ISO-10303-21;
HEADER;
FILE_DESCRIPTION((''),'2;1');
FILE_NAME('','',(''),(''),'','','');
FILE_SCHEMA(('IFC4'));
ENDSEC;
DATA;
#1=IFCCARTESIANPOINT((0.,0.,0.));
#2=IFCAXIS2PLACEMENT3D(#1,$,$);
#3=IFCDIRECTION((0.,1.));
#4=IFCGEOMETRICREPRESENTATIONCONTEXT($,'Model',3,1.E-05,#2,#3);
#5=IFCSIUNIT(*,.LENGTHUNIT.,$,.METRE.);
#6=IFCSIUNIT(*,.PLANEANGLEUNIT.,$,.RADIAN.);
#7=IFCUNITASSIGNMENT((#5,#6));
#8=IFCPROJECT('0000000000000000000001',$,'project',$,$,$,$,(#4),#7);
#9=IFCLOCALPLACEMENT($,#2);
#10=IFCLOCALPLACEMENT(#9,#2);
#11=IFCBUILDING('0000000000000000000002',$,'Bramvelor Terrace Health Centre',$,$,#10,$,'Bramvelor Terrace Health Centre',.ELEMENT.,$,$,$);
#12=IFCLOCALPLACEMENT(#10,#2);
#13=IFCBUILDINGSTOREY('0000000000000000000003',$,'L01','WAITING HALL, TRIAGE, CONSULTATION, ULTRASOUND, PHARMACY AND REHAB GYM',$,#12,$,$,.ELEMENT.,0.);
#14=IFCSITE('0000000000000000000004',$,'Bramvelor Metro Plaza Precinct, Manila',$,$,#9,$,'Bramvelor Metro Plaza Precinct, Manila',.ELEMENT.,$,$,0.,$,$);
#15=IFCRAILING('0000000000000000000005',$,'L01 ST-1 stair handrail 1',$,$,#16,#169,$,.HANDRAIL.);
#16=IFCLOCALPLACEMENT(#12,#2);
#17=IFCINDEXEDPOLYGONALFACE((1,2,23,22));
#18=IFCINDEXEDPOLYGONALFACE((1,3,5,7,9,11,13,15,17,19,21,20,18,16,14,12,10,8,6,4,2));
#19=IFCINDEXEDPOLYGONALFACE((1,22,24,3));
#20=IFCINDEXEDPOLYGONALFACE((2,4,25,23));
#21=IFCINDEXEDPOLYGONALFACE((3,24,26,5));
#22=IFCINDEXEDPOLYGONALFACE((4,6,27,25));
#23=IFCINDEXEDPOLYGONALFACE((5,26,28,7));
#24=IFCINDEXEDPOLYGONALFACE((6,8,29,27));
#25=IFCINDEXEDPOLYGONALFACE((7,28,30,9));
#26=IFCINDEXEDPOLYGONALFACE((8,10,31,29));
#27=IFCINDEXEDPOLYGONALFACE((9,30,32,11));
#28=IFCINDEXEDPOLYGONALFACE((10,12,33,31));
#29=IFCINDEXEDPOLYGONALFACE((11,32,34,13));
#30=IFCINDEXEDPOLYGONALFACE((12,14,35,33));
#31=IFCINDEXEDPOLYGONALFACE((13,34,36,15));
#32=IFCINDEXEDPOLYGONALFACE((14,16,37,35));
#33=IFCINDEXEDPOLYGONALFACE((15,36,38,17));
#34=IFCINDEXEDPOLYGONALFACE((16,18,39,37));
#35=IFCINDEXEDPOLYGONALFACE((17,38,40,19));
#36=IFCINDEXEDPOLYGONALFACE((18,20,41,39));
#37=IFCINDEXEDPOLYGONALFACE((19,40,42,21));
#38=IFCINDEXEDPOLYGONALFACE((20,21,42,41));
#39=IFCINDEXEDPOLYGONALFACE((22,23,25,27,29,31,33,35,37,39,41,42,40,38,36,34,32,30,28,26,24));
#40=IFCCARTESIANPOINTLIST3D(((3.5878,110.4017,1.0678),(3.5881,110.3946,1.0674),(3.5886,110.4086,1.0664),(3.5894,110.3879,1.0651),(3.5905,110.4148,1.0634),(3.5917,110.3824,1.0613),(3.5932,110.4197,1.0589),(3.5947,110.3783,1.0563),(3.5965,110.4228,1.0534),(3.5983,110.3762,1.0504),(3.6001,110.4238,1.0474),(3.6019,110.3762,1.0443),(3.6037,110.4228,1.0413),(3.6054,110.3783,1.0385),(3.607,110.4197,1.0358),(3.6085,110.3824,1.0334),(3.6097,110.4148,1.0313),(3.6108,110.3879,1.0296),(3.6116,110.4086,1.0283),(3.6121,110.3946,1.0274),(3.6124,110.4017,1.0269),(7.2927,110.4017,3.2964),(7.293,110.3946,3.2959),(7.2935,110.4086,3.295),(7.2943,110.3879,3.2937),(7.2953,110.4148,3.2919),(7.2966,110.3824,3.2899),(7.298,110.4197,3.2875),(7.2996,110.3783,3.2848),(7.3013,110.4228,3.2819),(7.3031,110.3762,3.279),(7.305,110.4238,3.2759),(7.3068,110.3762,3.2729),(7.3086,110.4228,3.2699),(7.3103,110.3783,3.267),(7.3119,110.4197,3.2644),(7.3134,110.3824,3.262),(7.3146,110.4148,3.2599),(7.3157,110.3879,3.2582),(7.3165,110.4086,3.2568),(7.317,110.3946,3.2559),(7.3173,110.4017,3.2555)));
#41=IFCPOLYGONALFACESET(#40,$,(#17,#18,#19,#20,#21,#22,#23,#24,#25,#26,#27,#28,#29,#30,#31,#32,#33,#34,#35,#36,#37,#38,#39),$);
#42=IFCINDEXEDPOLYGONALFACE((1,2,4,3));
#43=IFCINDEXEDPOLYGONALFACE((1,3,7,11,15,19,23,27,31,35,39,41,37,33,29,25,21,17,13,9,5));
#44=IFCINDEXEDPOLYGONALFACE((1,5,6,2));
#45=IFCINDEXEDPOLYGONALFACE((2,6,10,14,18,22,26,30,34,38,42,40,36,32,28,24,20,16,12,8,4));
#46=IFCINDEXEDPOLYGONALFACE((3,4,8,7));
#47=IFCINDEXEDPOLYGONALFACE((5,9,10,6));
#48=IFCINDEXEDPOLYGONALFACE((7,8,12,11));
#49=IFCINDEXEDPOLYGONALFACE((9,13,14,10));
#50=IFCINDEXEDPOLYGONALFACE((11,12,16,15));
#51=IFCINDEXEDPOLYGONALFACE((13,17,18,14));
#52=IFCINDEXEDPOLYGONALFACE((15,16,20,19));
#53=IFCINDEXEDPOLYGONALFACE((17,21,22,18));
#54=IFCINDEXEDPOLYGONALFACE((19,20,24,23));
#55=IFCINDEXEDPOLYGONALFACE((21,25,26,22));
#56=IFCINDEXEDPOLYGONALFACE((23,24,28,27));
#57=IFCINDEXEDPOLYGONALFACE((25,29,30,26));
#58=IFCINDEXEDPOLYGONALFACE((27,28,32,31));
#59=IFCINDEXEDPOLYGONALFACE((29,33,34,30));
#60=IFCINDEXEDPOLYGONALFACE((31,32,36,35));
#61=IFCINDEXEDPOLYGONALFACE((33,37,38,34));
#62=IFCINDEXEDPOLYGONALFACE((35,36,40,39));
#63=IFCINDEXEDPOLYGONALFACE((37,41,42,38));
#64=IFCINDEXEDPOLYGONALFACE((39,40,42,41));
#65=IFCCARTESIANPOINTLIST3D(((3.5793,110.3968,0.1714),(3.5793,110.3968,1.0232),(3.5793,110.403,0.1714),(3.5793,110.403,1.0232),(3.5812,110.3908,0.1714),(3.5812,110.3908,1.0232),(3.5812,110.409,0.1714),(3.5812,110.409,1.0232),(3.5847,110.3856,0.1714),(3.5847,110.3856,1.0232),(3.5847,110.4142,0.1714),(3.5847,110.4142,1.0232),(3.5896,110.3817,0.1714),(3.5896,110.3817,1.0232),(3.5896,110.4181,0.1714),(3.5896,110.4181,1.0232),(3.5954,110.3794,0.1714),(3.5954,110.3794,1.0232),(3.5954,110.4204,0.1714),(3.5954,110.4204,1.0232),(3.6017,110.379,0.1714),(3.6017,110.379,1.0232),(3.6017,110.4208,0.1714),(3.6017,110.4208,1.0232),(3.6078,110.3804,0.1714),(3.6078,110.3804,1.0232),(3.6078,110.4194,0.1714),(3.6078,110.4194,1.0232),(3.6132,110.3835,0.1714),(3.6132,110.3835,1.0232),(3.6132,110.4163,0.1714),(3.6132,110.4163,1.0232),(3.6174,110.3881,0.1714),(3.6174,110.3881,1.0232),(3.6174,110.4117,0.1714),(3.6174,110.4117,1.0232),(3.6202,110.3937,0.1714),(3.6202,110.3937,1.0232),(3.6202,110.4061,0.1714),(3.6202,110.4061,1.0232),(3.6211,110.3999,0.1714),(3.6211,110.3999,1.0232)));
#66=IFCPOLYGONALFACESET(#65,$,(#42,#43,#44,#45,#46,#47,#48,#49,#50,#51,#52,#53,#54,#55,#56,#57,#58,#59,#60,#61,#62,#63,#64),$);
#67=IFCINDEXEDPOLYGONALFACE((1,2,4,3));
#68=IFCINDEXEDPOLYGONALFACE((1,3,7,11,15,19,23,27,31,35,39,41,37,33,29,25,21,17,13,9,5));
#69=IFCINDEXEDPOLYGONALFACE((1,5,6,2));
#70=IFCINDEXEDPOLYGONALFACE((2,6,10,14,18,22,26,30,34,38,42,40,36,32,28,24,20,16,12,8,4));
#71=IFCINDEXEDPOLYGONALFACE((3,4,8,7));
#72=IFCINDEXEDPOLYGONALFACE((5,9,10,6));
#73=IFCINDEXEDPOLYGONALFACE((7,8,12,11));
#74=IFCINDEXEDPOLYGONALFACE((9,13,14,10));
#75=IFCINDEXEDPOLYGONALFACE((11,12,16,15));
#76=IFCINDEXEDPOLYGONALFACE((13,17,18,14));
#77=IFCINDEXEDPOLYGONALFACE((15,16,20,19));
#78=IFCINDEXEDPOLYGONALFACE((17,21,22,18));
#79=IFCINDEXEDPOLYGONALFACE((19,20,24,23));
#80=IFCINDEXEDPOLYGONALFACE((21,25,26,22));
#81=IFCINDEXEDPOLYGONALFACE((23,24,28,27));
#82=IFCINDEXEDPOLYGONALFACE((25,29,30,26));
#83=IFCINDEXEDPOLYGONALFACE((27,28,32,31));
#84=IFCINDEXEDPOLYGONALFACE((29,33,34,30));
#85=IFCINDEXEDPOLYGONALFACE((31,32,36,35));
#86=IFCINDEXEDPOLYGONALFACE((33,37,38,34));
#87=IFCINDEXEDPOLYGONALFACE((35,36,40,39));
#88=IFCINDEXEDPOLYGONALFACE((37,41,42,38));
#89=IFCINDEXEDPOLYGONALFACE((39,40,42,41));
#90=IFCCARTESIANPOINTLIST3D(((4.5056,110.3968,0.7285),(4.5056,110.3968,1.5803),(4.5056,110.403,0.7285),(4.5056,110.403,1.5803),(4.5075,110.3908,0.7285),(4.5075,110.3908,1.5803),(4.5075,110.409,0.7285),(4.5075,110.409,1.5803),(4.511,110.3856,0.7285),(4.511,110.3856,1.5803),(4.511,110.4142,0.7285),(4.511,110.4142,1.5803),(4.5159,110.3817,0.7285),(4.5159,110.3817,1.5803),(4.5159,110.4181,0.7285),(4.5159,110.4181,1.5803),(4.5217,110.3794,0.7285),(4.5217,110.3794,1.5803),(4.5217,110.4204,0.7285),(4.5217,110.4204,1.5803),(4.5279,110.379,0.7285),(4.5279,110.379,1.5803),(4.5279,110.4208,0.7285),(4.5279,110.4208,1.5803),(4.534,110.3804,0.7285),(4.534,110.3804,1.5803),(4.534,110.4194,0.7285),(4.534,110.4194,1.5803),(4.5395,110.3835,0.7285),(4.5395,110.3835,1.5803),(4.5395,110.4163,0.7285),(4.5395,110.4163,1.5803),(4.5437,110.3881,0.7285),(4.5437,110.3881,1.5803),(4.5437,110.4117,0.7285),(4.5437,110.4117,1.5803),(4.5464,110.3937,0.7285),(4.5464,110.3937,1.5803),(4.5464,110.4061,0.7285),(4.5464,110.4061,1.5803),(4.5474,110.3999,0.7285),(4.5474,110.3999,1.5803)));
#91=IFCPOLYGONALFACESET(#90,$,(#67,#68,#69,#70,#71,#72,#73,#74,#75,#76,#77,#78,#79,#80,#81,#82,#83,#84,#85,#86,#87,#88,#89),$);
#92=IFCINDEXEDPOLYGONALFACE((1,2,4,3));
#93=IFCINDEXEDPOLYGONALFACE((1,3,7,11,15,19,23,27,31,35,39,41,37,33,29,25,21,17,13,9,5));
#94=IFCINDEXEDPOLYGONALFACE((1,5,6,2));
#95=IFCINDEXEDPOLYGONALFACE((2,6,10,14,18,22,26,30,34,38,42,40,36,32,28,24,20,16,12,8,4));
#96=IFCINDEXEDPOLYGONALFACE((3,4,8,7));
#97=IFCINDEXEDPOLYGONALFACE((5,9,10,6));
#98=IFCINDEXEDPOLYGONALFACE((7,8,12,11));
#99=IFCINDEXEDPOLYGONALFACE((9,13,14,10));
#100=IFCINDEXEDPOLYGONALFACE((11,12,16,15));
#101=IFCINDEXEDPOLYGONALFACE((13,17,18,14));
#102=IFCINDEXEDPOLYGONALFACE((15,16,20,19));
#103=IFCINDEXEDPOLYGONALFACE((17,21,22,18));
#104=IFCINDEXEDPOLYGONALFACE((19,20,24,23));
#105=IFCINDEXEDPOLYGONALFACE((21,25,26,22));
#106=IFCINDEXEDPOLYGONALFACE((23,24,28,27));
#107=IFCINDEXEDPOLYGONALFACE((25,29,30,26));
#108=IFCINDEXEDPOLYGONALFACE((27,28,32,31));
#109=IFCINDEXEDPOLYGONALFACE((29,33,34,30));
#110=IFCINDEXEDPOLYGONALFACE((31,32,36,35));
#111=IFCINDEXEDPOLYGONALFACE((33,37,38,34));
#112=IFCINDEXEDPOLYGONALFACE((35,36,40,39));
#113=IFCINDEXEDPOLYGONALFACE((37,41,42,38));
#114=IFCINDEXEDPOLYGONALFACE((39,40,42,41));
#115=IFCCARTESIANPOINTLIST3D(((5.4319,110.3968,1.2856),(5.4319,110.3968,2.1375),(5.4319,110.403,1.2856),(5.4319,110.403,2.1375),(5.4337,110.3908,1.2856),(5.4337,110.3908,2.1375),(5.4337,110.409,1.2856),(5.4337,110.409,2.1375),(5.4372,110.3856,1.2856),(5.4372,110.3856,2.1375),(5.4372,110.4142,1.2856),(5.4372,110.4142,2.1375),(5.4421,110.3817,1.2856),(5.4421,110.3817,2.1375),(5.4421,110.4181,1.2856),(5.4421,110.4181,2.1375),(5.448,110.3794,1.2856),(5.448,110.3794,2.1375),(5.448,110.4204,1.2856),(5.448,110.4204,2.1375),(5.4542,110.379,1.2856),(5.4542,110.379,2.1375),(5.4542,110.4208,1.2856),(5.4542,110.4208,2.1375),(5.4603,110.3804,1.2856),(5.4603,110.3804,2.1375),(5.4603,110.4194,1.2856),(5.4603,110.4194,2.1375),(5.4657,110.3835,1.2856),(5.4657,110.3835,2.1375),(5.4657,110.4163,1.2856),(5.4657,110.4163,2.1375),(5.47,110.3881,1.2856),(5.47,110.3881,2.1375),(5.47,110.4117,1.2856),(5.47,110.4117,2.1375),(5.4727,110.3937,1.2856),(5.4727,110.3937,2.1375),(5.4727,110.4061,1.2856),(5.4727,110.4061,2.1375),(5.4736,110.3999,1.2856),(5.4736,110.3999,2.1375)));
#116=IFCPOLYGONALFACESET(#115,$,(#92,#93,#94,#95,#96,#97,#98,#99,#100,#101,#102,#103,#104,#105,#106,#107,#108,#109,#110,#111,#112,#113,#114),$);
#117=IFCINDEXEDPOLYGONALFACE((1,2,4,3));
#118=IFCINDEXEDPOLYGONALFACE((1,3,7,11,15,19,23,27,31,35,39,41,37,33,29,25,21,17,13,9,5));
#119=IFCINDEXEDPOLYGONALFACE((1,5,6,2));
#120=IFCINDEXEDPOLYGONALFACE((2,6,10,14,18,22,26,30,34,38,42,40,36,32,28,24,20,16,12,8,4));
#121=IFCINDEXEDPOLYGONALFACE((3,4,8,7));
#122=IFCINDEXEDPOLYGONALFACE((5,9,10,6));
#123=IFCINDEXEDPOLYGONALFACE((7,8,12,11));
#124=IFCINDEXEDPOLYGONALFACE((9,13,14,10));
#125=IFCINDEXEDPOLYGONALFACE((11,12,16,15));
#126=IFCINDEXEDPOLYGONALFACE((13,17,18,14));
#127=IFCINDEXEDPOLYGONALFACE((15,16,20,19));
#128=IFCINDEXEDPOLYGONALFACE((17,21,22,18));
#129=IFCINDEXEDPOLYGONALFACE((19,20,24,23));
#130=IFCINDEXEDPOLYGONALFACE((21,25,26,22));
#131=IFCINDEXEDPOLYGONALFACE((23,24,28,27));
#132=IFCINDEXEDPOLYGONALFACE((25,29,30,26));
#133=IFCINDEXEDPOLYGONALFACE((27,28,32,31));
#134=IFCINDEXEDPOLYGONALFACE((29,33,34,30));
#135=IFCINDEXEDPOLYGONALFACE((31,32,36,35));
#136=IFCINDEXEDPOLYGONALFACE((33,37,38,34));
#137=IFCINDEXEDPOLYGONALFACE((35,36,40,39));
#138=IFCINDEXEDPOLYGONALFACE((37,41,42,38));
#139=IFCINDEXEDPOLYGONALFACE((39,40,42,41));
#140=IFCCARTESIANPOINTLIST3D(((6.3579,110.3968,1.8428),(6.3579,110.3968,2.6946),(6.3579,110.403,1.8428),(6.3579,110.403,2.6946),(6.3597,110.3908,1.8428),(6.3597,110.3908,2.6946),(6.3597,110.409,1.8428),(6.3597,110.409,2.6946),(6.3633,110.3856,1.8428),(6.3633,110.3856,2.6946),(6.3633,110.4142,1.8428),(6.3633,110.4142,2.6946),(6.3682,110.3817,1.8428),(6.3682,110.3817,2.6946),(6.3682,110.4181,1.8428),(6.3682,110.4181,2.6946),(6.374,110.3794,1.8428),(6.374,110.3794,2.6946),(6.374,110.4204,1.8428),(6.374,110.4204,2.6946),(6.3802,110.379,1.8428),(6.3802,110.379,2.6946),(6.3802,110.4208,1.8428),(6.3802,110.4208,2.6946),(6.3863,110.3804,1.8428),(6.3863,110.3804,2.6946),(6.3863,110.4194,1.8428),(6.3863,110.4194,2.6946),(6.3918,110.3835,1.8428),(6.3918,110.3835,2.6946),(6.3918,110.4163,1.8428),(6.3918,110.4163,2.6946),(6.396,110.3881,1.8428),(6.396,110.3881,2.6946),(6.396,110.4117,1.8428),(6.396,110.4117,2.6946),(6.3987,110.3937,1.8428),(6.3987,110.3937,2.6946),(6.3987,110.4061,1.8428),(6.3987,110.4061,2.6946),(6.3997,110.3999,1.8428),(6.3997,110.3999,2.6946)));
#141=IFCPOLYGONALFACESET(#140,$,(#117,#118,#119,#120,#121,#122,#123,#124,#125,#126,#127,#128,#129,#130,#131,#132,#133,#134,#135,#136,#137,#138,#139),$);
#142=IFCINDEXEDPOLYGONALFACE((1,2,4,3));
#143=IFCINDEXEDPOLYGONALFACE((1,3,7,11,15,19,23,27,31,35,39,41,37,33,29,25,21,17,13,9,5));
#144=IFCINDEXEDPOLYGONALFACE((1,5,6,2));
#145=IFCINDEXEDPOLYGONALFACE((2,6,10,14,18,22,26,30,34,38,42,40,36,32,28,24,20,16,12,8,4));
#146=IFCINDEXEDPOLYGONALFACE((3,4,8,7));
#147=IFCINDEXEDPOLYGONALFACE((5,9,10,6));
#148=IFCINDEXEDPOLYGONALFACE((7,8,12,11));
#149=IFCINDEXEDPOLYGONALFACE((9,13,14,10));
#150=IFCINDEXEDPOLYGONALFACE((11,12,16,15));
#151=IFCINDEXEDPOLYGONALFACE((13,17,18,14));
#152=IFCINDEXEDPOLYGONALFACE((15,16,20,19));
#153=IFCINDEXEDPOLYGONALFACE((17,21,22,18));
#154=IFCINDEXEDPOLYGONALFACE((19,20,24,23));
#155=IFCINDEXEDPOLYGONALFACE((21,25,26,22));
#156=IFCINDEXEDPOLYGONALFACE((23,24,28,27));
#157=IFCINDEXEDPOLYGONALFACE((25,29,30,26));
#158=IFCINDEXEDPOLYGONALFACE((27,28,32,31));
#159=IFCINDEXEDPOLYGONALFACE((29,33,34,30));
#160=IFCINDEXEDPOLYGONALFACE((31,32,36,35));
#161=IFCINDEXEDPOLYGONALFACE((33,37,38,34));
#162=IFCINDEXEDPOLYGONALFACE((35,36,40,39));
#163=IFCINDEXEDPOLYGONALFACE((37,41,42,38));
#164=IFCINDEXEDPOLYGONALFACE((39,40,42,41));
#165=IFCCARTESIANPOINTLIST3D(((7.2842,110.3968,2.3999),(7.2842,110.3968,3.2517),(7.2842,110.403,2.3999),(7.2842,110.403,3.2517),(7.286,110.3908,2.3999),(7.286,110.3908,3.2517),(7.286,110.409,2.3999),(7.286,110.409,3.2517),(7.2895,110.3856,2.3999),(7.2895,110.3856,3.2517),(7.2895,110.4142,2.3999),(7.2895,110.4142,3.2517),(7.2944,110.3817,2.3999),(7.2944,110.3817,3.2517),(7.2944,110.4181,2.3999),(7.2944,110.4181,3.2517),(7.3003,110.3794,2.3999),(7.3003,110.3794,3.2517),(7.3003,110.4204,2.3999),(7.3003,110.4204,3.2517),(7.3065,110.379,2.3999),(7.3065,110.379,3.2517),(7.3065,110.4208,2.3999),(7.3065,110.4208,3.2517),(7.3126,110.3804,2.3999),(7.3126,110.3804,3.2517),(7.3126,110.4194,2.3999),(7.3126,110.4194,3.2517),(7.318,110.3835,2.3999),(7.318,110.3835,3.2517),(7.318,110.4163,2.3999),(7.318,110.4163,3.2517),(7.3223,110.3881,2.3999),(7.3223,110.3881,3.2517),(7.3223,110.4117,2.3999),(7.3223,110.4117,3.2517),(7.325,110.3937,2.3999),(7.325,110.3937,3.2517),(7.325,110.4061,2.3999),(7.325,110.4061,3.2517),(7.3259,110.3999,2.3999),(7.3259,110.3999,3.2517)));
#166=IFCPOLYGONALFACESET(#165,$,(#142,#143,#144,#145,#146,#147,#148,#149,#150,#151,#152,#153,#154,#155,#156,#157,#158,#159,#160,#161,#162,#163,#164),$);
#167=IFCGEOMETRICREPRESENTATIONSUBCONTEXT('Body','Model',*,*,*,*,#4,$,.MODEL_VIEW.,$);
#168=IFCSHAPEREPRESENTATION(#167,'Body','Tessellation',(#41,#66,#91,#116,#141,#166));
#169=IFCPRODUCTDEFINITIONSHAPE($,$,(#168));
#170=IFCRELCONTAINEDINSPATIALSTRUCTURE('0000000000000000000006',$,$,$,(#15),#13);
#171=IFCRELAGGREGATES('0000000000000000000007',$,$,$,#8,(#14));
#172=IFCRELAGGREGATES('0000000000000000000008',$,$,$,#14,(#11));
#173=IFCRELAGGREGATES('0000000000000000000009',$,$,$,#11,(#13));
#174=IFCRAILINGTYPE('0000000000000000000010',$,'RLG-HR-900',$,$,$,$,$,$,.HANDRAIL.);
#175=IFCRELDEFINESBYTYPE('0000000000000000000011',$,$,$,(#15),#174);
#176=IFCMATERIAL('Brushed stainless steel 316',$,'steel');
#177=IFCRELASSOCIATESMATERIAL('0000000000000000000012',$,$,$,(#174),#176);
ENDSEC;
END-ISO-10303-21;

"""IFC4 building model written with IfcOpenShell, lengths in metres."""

from ifc_helpers import new_model, si_unit, direction, frame, origin, origin_2d, place, context, subcontext, project, spatial, circle, extrude, material, type_object, element, save


model = new_model("IFC4")

# Units and contexts
model_context = context("Model", 3, precision=1e-05, world=origin(), true_north=direction((0.0, 1.0)))
body_context = subcontext(model_context, "Body", "Model", "MODEL_VIEW")
ifc_project = project(units=[si_unit("LENGTHUNIT", "METRE"), si_unit("PLANEANGLEUNIT", "RADIAN")], contexts=[model_context])

# Site, building, storey
site_placement = place(None, origin())
site = spatial("IfcSite", under=ifc_project, at=site_placement, Name="Bramvelor Metro Plaza Precinct, Manila", LongName="Bramvelor Metro Plaza Precinct, Manila", CompositionType="ELEMENT", RefElevation=0.0)
building_placement = place(site_placement, origin())
building = spatial("IfcBuilding", under=site, at=building_placement, Name="Bramvelor Terrace Health Centre", LongName="Bramvelor Terrace Health Centre", CompositionType="ELEMENT")
storey_placement = place(building_placement, origin())
storey = spatial("IfcBuildingStorey", under=building, at=storey_placement, Name="L01", Description="WAITING HALL, TRIAGE, CONSULTATION, ULTRASOUND, PHARMACY AND REHAB GYM", CompositionType="ELEMENT", Elevation=0.0)

# Railing
ifc_material_1 = material(Name="Brushed stainless steel 316", Category="steel")
railing_type_1 = type_object("IfcRailingType", Name="RLG-HR-900", PredefinedType="HANDRAIL", material=ifc_material_1)
railing_1_placement = place(storey_placement, frame((3.6001, 110.3999, 0.1714)))
element("IfcRailing", 1, at=railing_1_placement, inside=storey, type_object=railing_type_1, Name="L01 ST-1 stair handrail 1", PredefinedType="HANDRAIL", context=body_context, shape_type="SweptSolid", body=[
    extrude(circle(Radius=0.0239, at=origin_2d()), frame((0.0, 0.0, 0.876), z_axis=(0.856919, 0.0, 0.51545), x_axis=(0.0, 1.0, 0.0)), (0.0, 0.0, 1.0), 4.3235),
    extrude(circle(Radius=0.021, at=origin_2d()), origin(), (0.0, 0.0, 1.0), 0.8518),
    extrude(circle(Radius=0.021, at=origin_2d()), frame((0.9263, 0.0, 0.5571)), (0.0, 0.0, 1.0), 0.8518),
    extrude(circle(Radius=0.021, at=origin_2d()), frame((1.8525, 0.0, 1.1143)), (0.0, 0.0, 1.0), 0.8518),
    extrude(circle(Radius=0.021, at=origin_2d()), frame((2.7786, 0.0, 1.6714)), (0.0, 0.0, 1.0), 0.8518),
    extrude(circle(Radius=0.021, at=origin_2d()), frame((3.7048, 0.0, 2.2285)), (0.0, 0.0, 1.0), 0.8518),
])

save(model, "model.ifc")
